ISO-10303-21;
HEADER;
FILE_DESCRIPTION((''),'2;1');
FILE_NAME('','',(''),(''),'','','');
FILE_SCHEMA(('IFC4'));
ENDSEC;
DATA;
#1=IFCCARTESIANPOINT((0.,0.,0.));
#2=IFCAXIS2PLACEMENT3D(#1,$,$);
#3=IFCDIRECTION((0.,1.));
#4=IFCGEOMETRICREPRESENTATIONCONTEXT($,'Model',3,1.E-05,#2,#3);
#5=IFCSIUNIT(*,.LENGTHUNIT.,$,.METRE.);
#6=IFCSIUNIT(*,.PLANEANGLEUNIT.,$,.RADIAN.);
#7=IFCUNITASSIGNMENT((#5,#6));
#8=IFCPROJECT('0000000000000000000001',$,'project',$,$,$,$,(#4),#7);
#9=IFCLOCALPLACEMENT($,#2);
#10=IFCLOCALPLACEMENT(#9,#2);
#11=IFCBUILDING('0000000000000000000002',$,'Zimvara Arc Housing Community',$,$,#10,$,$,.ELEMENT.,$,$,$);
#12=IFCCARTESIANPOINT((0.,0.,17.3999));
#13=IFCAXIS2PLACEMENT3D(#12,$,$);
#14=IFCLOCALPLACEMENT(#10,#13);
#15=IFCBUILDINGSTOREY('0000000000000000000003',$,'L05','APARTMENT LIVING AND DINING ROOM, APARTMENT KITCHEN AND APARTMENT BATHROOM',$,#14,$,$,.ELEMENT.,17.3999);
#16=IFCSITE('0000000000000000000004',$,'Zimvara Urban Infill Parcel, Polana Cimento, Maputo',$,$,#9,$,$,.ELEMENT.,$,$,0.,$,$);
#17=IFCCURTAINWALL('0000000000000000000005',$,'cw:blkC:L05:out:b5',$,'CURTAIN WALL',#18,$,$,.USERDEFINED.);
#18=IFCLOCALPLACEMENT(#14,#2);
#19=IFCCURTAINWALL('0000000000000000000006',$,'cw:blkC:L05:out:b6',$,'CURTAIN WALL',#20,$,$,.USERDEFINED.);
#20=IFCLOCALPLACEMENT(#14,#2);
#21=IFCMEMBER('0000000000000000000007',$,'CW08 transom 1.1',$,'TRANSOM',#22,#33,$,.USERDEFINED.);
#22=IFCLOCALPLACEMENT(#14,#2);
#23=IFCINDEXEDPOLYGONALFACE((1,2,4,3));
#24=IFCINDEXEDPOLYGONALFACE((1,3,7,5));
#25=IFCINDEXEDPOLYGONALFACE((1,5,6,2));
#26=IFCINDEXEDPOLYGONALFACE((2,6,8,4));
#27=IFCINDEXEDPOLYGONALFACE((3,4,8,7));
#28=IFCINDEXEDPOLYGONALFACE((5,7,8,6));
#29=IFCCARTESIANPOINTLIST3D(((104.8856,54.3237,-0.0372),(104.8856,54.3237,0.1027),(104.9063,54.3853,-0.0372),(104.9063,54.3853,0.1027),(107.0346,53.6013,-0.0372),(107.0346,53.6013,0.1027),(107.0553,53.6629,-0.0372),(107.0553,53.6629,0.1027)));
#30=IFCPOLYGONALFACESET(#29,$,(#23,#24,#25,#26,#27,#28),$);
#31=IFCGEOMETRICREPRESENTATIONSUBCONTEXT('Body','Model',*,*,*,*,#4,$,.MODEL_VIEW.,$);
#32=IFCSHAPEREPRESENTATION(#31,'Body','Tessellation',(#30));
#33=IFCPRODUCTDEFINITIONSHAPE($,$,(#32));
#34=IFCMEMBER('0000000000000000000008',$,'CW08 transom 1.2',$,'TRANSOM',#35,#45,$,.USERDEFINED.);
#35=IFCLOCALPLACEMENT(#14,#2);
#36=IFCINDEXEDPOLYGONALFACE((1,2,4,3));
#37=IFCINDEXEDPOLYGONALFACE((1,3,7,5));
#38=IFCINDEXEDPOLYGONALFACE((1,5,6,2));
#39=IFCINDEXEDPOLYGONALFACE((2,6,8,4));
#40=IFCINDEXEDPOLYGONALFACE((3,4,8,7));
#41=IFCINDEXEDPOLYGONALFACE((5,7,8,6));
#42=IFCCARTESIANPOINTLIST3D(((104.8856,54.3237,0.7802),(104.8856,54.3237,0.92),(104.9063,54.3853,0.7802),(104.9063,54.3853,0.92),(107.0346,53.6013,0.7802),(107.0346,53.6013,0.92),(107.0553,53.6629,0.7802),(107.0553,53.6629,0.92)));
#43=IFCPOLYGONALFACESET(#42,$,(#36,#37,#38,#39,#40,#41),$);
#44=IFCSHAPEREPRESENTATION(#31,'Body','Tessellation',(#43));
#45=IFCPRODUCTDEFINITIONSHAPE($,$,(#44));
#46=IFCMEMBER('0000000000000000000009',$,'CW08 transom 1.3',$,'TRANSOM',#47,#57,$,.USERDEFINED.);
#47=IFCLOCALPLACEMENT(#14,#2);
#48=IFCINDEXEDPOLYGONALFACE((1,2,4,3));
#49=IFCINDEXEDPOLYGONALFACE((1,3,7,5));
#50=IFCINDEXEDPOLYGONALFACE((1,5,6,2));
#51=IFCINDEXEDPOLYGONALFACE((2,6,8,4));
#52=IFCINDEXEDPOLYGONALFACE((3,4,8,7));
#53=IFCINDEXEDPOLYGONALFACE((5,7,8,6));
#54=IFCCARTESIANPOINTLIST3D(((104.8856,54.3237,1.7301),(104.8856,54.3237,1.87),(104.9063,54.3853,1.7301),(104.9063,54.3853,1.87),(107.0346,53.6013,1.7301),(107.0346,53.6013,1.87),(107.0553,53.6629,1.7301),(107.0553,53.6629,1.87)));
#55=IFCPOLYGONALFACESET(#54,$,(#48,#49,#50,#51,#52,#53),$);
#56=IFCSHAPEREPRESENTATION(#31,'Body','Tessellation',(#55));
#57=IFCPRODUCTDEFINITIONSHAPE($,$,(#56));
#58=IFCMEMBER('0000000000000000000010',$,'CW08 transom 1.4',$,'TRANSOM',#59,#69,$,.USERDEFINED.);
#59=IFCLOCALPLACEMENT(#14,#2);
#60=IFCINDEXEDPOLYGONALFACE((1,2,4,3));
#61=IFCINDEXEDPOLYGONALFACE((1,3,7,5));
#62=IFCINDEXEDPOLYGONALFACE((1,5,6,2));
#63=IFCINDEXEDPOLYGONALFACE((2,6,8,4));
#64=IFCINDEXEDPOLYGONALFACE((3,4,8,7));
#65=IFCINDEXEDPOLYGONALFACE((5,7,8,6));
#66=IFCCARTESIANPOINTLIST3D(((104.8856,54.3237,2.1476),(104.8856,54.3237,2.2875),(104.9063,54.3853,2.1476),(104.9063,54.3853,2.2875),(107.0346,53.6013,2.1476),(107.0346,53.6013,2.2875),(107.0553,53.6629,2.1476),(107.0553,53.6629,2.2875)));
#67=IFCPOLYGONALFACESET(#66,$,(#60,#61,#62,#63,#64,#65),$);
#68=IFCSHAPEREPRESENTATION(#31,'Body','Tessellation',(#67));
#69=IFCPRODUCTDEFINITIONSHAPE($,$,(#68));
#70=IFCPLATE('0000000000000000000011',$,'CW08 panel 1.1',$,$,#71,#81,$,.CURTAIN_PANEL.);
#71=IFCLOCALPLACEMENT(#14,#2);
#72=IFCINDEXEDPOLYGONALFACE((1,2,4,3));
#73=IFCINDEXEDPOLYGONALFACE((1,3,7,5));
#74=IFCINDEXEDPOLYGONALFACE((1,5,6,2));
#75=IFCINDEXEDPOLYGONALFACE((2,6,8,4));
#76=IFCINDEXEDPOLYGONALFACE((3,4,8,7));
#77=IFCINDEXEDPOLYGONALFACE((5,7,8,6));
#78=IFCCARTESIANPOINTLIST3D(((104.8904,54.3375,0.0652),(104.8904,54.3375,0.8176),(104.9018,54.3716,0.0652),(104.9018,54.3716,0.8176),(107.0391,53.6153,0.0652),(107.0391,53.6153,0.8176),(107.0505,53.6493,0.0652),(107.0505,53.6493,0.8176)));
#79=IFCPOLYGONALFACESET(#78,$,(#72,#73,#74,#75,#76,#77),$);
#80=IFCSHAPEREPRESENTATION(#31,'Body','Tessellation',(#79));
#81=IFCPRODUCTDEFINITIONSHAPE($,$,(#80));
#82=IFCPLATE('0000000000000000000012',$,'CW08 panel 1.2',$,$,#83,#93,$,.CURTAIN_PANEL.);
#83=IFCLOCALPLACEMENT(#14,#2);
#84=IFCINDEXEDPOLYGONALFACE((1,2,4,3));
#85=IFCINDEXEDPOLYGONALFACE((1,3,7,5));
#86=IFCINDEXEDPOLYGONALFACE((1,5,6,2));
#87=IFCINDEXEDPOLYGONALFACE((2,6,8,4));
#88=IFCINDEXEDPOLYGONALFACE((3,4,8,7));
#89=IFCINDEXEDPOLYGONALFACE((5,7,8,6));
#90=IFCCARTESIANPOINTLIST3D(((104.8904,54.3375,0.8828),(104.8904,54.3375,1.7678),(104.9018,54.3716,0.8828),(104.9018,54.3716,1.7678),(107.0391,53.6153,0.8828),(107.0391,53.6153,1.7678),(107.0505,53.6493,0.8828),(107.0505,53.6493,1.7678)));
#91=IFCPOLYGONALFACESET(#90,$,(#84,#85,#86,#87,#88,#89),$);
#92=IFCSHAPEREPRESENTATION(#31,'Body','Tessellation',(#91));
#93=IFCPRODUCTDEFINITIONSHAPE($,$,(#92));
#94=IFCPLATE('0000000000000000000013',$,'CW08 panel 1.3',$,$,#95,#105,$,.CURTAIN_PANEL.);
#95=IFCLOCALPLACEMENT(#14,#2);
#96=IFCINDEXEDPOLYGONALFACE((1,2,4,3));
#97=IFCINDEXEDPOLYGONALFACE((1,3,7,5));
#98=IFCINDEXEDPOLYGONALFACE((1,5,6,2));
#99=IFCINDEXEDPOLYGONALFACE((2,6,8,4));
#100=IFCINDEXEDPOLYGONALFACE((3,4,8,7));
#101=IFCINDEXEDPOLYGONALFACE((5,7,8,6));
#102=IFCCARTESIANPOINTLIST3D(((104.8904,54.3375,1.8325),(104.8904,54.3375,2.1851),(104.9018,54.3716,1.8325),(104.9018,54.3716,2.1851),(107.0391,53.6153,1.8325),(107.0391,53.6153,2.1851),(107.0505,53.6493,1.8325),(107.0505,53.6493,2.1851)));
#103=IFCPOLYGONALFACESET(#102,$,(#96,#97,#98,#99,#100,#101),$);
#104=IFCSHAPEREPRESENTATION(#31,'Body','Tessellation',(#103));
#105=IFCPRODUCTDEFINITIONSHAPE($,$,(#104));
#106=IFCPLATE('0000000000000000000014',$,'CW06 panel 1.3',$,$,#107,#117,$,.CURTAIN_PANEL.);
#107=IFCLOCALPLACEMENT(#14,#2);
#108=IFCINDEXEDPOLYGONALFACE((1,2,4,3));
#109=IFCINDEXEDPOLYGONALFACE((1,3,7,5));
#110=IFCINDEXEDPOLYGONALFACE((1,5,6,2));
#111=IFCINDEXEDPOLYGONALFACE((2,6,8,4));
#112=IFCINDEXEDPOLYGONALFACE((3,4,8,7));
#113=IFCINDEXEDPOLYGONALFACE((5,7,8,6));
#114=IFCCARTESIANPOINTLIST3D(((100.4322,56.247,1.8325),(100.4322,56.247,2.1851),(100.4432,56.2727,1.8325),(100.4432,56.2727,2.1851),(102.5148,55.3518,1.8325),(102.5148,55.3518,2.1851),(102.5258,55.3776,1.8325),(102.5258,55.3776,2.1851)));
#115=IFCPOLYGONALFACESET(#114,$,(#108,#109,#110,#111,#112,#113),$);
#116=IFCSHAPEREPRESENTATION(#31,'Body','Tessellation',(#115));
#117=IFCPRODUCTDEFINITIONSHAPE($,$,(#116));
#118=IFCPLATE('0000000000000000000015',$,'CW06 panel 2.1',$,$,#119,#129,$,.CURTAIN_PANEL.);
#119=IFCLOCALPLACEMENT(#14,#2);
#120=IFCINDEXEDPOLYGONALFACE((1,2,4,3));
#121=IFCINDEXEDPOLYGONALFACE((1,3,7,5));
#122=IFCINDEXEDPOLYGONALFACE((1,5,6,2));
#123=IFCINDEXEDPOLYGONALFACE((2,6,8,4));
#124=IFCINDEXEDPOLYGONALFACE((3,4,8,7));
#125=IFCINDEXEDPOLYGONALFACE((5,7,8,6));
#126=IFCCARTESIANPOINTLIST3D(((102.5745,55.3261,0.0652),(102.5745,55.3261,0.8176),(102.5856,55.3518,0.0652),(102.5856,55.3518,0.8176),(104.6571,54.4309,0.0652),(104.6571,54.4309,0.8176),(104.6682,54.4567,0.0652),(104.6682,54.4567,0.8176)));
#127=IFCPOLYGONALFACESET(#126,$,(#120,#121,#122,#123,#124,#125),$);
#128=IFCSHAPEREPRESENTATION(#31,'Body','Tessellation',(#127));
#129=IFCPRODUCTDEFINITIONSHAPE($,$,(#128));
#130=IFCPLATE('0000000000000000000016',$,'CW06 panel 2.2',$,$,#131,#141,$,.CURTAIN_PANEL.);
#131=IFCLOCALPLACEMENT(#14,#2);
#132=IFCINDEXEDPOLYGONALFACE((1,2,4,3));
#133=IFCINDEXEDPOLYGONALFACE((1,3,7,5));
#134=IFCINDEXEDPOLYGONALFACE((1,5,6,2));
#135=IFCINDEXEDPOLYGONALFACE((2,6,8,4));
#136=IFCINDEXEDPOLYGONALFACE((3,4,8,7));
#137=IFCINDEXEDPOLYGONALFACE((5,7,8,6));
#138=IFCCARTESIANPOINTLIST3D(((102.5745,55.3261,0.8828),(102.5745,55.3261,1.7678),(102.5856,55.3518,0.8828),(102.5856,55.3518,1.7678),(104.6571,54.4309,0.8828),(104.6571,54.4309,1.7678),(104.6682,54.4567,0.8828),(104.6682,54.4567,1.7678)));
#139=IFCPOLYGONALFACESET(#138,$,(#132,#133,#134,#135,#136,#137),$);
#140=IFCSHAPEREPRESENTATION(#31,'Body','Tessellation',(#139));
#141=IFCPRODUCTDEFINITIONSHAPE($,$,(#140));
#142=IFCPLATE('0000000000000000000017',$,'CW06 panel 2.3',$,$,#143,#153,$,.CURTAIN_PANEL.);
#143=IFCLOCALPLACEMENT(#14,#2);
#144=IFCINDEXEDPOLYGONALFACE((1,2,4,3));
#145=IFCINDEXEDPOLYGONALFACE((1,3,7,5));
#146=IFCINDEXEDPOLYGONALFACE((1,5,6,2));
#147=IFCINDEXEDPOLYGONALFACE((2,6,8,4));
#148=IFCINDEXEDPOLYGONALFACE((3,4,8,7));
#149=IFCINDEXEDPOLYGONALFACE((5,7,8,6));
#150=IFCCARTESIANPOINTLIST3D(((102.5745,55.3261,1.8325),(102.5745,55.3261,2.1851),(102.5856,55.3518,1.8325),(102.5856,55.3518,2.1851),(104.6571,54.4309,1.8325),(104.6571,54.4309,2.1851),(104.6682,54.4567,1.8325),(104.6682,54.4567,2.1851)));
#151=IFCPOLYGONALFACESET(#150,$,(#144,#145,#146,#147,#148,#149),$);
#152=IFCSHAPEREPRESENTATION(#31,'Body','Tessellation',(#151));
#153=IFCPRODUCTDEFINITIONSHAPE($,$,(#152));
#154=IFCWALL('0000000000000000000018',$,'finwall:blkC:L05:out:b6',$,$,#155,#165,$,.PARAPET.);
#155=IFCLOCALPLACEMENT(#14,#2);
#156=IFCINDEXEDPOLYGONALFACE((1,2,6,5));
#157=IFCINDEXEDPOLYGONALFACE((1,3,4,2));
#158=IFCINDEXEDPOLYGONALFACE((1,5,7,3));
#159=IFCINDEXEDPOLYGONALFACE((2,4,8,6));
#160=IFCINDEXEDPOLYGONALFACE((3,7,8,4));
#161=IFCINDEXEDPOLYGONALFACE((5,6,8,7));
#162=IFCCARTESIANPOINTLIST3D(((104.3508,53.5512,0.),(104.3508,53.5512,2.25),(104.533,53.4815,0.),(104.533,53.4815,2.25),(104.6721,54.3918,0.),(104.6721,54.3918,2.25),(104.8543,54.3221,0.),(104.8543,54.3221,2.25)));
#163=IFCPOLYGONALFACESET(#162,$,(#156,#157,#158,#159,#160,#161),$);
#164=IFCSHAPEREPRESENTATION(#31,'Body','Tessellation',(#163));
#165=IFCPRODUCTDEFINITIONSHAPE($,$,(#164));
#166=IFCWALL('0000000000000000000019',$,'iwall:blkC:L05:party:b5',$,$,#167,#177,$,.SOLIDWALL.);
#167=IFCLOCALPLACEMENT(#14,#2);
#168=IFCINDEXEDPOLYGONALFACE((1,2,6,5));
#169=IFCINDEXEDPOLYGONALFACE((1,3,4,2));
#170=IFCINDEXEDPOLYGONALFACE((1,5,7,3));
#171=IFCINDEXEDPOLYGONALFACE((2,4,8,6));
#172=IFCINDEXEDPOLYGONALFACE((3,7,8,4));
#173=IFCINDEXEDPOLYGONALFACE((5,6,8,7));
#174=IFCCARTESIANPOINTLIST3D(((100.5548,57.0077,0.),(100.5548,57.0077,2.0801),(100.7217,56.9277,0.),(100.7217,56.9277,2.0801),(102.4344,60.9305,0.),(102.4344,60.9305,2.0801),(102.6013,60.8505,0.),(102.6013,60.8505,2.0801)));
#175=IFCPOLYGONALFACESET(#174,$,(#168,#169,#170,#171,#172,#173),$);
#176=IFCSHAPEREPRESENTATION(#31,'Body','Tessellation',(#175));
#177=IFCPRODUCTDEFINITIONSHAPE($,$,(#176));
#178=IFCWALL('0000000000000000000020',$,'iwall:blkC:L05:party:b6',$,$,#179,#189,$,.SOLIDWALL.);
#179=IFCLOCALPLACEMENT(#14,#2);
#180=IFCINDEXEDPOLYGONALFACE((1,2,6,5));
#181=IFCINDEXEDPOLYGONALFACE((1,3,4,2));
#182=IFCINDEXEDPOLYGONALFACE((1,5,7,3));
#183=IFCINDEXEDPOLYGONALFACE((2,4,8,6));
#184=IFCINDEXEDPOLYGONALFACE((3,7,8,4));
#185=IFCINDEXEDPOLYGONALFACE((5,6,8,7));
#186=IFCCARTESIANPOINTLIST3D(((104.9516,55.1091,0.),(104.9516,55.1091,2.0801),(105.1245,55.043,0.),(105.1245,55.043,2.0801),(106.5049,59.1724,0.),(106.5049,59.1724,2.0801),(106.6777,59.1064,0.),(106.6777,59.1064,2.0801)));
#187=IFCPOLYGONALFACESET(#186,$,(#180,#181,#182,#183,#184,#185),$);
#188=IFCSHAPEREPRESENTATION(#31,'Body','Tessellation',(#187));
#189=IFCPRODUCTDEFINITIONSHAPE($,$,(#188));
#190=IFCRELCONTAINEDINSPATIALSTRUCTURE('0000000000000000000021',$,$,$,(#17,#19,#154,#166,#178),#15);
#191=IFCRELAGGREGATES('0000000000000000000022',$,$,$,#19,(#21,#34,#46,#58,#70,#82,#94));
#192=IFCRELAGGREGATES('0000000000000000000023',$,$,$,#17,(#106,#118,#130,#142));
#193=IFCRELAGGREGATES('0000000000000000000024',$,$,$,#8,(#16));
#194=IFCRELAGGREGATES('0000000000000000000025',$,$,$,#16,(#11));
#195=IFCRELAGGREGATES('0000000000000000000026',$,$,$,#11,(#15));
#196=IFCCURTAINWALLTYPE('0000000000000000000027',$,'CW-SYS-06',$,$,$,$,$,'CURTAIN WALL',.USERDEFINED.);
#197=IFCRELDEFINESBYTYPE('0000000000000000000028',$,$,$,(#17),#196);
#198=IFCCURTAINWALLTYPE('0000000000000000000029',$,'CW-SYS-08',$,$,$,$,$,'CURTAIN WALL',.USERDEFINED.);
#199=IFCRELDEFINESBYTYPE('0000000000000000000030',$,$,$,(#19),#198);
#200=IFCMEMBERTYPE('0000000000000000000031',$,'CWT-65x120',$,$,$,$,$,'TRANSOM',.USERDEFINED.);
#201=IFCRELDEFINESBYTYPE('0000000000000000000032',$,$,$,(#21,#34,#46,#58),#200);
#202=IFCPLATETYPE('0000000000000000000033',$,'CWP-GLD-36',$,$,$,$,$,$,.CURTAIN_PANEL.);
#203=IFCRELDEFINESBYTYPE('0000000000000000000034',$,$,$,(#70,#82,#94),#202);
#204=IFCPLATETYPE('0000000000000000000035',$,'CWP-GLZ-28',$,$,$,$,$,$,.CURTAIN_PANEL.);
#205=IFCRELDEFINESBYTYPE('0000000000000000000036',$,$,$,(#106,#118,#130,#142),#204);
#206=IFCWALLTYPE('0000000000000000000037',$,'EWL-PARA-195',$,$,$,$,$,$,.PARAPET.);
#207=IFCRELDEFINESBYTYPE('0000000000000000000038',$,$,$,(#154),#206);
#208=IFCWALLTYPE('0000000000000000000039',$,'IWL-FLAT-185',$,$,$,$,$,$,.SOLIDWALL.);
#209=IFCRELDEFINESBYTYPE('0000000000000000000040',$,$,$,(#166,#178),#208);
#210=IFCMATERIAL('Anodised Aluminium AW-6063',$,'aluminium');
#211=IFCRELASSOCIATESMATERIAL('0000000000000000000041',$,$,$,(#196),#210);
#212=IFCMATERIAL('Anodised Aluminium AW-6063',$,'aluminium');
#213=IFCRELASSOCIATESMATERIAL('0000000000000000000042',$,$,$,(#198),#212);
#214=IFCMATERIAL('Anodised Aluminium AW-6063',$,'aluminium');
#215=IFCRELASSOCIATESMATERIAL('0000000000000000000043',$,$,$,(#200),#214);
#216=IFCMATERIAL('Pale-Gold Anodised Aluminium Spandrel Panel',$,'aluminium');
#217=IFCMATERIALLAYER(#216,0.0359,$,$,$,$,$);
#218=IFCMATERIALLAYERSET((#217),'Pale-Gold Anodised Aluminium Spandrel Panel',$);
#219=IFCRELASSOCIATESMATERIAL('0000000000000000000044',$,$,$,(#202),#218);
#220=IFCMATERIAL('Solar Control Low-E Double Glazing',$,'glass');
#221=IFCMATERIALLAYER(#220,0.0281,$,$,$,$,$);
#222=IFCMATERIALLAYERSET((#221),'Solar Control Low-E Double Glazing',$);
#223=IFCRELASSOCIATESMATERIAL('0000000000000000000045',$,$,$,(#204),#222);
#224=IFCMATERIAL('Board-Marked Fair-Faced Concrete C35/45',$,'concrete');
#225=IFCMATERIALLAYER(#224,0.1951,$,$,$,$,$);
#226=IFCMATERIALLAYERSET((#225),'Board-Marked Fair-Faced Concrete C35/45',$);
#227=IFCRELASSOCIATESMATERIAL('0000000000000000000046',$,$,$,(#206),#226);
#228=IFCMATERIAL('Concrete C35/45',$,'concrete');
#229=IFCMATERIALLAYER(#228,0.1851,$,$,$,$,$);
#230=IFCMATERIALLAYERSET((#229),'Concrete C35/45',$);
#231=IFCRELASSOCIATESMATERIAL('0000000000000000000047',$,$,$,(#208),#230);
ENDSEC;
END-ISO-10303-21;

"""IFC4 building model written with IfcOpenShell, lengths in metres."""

from ifc_helpers import new_model, si_unit, direction, frame, frame_2d, origin, origin_2d, place, context, subcontext, project, spatial, rectangle, extrude, material, layer, layer_set, material_profile, profile_set, type_object, element, aggregate, save


model = new_model("IFC4")

# Units and contexts
model_context = context("Model", 3, precision=1e-05, world=origin(), true_north=direction((0.0, 1.0)))
body_context = subcontext(model_context, "Body", "Model", "MODEL_VIEW")
ifc_project = project(units=[si_unit("LENGTHUNIT", "METRE"), si_unit("PLANEANGLEUNIT", "RADIAN")], contexts=[model_context])

# Site, building, storey
site_placement = place(None, origin())
site = spatial("IfcSite", under=ifc_project, at=site_placement, Name="Zimvara Urban Infill Parcel, Polana Cimento, Maputo", CompositionType="ELEMENT", RefElevation=0.0)
building_placement = place(site_placement, origin())
building = spatial("IfcBuilding", under=site, at=building_placement, Name="Zimvara Arc Housing Community", CompositionType="ELEMENT")
storey_placement = place(building_placement, frame((0.0, 0.0, 17.3999)))
storey = spatial("IfcBuildingStorey", under=building, at=storey_placement, Name="L05", Description="APARTMENT LIVING AND DINING ROOM, APARTMENT KITCHEN AND APARTMENT BATHROOM", CompositionType="ELEMENT", Elevation=17.3999)

# Curtain wall
ifc_material_1 = material(Name="Anodised Aluminium AW-6063", Category="aluminium")
curtain_wall_type_1 = type_object("IfcCurtainWallType", Name="CW-SYS-06", ElementType="CURTAIN WALL", PredefinedType="USERDEFINED", material=ifc_material_1)
curtain_wall_1_placement = place(storey_placement, origin())
curtain_wall_1 = element("IfcCurtainWall", 1, at=curtain_wall_1_placement, inside=storey, type_object=curtain_wall_type_1, Name="cw:blkC:L05:out:b5", ObjectType="CURTAIN WALL", PredefinedType="USERDEFINED")

# Curtain wall
ifc_material_2 = material(Name="Anodised Aluminium AW-6063", Category="aluminium")
curtain_wall_type_2 = type_object("IfcCurtainWallType", Name="CW-SYS-08", ElementType="CURTAIN WALL", PredefinedType="USERDEFINED", material=ifc_material_2)
curtain_wall_2_placement = place(storey_placement, origin())
curtain_wall_2 = element("IfcCurtainWall", 2, at=curtain_wall_2_placement, inside=storey, type_object=curtain_wall_type_2, Name="cw:blkC:L05:out:b6", ObjectType="CURTAIN WALL", PredefinedType="USERDEFINED")

# Members
ifc_material_3 = material(Name="Anodised Aluminium AW-6063", Category="aluminium")
ifc_material_profile_1 = material_profile(ifc_material_3, rectangle(XDim=0.0649, YDim=0.1399, at=origin_2d()), Name="ALU 65x140")
ifc_profile_set_1 = profile_set([ifc_material_profile_1], Name="Anodised Aluminium AW-6063")
member_type_1 = type_object("IfcMemberType", Name="CWT-65x120", ElementType="TRANSOM", PredefinedType="USERDEFINED", material=ifc_profile_set_1)
member_1_placement = place(storey_placement, frame((104.896, 54.3545, 0.0327), z_axis=(0.947873, -0.31865, 0.0), x_axis=(0.31865, 0.947873, 0.0)))
member_1 = element("IfcMember", 3, at=member_1_placement, type_object=member_type_1, Name="CW08 transom 1.1", ObjectType="TRANSOM", PredefinedType="USERDEFINED", context=body_context, shape_type="SweptSolid", body=[
    extrude(rectangle(XDim=0.0649, YDim=0.1399, at=origin_2d()), origin(), (0.0, 0.0, 1.0), 2.2671),
])
member_2_placement = place(storey_placement, frame((104.896, 54.3545, 0.8501), z_axis=(0.947873, -0.31865, 0.0), x_axis=(0.31865, 0.947873, 0.0)))
member_2 = element("IfcMember", 4, at=member_2_placement, type_object=member_type_1, Name="CW08 transom 1.2", ObjectType="TRANSOM", PredefinedType="USERDEFINED", context=body_context, shape_type="SweptSolid", body=[
    extrude(rectangle(XDim=0.0649, YDim=0.1399, at=origin_2d()), origin(), (0.0, 0.0, 1.0), 2.2671),
])
member_3_placement = place(storey_placement, frame((104.896, 54.3545, 1.8), z_axis=(0.947873, -0.31865, 0.0), x_axis=(0.31865, 0.947873, 0.0)))
member_3 = element("IfcMember", 5, at=member_3_placement, type_object=member_type_1, Name="CW08 transom 1.3", ObjectType="TRANSOM", PredefinedType="USERDEFINED", context=body_context, shape_type="SweptSolid", body=[
    extrude(rectangle(XDim=0.0649, YDim=0.1399, at=origin_2d()), origin(), (0.0, 0.0, 1.0), 2.2671),
])
member_4_placement = place(storey_placement, frame((104.896, 54.3545, 2.2175), z_axis=(0.947873, -0.31865, 0.0), x_axis=(0.31865, 0.947873, 0.0)))
member_4 = element("IfcMember", 6, at=member_4_placement, type_object=member_type_1, Name="CW08 transom 1.4", ObjectType="TRANSOM", PredefinedType="USERDEFINED", context=body_context, shape_type="SweptSolid", body=[
    extrude(rectangle(XDim=0.0649, YDim=0.1399, at=origin_2d()), origin(), (0.0, 0.0, 1.0), 2.2671),
])

# Plates
ifc_material_4 = material(Name="Pale-Gold Anodised Aluminium Spandrel Panel", Category="aluminium")
ifc_layer_1 = layer(ifc_material_4, 0.0359)
ifc_layer_set_1 = layer_set([ifc_layer_1], Name="Pale-Gold Anodised Aluminium Spandrel Panel")
plate_type_1 = type_object("IfcPlateType", Name="CWP-GLD-36", PredefinedType="CURTAIN_PANEL", material=ifc_layer_set_1)
plate_1_placement = place(storey_placement, frame((105.9705, 53.9934, 0.0652), z_axis=(0.0, 0.0, 1.0), x_axis=(0.94788, -0.318629, 0.0)))
plate_1 = element("IfcPlate", 7, at=plate_1_placement, type_object=plate_type_1, Name="CW08 panel 1.1", PredefinedType="CURTAIN_PANEL", context=body_context, shape_type="SweptSolid", body=[
    extrude(rectangle(XDim=2.2668, YDim=0.0359, at=origin_2d()), origin(), (0.0, 0.0, 1.0), 0.7524),
])
plate_2_placement = place(storey_placement, frame((105.9705, 53.9934, 0.8828), z_axis=(0.0, 0.0, 1.0), x_axis=(0.94788, -0.318629, 0.0)))
plate_2 = element("IfcPlate", 8, at=plate_2_placement, type_object=plate_type_1, Name="CW08 panel 1.2", PredefinedType="CURTAIN_PANEL", context=body_context, shape_type="SweptSolid", body=[
    extrude(rectangle(XDim=2.2668, YDim=0.0359, at=origin_2d()), origin(), (0.0, 0.0, 1.0), 0.885),
])
plate_3_placement = place(storey_placement, frame((105.9705, 53.9934, 1.8325), z_axis=(0.0, 0.0, 1.0), x_axis=(0.94788, -0.318629, 0.0)))
plate_3 = element("IfcPlate", 9, at=plate_3_placement, type_object=plate_type_1, Name="CW08 panel 1.3", PredefinedType="CURTAIN_PANEL", context=body_context, shape_type="SweptSolid", body=[
    extrude(rectangle(XDim=2.2668, YDim=0.0359, at=origin_2d()), origin(), (0.0, 0.0, 1.0), 0.3525),
])
aggregate(curtain_wall_2, [member_1, member_2, member_3, member_4, plate_1, plate_2, plate_3])
ifc_material_5 = material(Name="Solar Control Low-E Double Glazing", Category="glass")
ifc_layer_2 = layer(ifc_material_5, 0.0281)
ifc_layer_set_2 = layer_set([ifc_layer_2], Name="Solar Control Low-E Double Glazing")
plate_type_2 = type_object("IfcPlateType", Name="CWP-GLZ-28", PredefinedType="CURTAIN_PANEL", material=ifc_layer_set_2)
plate_4_placement = place(storey_placement, frame((101.479, 55.8123, 1.8325), z_axis=(0.0, 0.0, 1.0), x_axis=(0.918722, -0.394904, 0.0)))
plate_4 = element("IfcPlate", 10, at=plate_4_placement, type_object=plate_type_2, Name="CW06 panel 1.3", PredefinedType="CURTAIN_PANEL", context=body_context, shape_type="SweptSolid", body=[
    extrude(rectangle(XDim=2.2668, YDim=0.0281, at=origin_2d()), origin(), (0.0, 0.0, 1.0), 0.3525),
])
plate_5_placement = place(storey_placement, frame((103.6213, 54.8914, 0.0652), z_axis=(0.0, 0.0, 1.0), x_axis=(0.918722, -0.394904, 0.0)))
plate_5 = element("IfcPlate", 11, at=plate_5_placement, type_object=plate_type_2, Name="CW06 panel 2.1", PredefinedType="CURTAIN_PANEL", context=body_context, shape_type="SweptSolid", body=[
    extrude(rectangle(XDim=2.2668, YDim=0.0281, at=origin_2d()), origin(), (0.0, 0.0, 1.0), 0.7524),
])
plate_6_placement = place(storey_placement, frame((103.6213, 54.8914, 0.8828), z_axis=(0.0, 0.0, 1.0), x_axis=(0.918722, -0.394904, 0.0)))
plate_6 = element("IfcPlate", 12, at=plate_6_placement, type_object=plate_type_2, Name="CW06 panel 2.2", PredefinedType="CURTAIN_PANEL", context=body_context, shape_type="SweptSolid", body=[
    extrude(rectangle(XDim=2.2668, YDim=0.0281, at=origin_2d()), origin(), (0.0, 0.0, 1.0), 0.885),
])
plate_7_placement = place(storey_placement, frame((103.6213, 54.8914, 1.8325), z_axis=(0.0, 0.0, 1.0), x_axis=(0.918722, -0.394904, 0.0)))
plate_7 = element("IfcPlate", 13, at=plate_7_placement, type_object=plate_type_2, Name="CW06 panel 2.3", PredefinedType="CURTAIN_PANEL", context=body_context, shape_type="SweptSolid", body=[
    extrude(rectangle(XDim=2.2668, YDim=0.0281, at=origin_2d()), origin(), (0.0, 0.0, 1.0), 0.3525),
])
aggregate(curtain_wall_1, [plate_4, plate_5, plate_6, plate_7])

# Walls
ifc_material_6 = material(Name="Board-Marked Fair-Faced Concrete C35/45", Category="concrete")
ifc_layer_3 = layer(ifc_material_6, 0.1951)
ifc_layer_set_3 = layer_set([ifc_layer_3], Name="Board-Marked Fair-Faced Concrete C35/45")
wall_type_1 = type_object("IfcWallType", Name="EWL-PARA-195", PredefinedType="PARAPET", material=ifc_layer_set_3)
wall_1_placement = place(storey_placement, frame((104.7632, 54.3569, 0.0), z_axis=(0.0, 0.0, 1.0), x_axis=(-0.357033, -0.934092, 0.0)))
element("IfcWall", 14, at=wall_1_placement, inside=storey, type_object=wall_type_1, Name="finwall:blkC:L05:out:b6", PredefinedType="PARAPET", context=body_context, shape_type="SweptSolid", body=[
    extrude(rectangle(XDim=0.8999, YDim=0.1951, at=frame_2d((0.45, 0.0))), origin(), (0.0, 0.0, 1.0), 2.25),
])
ifc_material_7 = material(Name="Concrete C35/45", Category="concrete")
ifc_layer_4 = layer(ifc_material_7, 0.1851)
ifc_layer_set_4 = layer_set([ifc_layer_4], Name="Concrete C35/45")
wall_type_2 = type_object("IfcWallType", Name="IWL-FLAT-185", PredefinedType="SOLIDWALL", material=ifc_layer_set_4)
wall_2_placement = place(storey_placement, frame((102.5178, 60.8904, 0.0), z_axis=(0.0, 0.0, 1.0), x_axis=(-0.432109, -0.901821, 0.0)))
element("IfcWall", 15, at=wall_2_placement, inside=storey, type_object=wall_type_2, Name="iwall:blkC:L05:party:b5", PredefinedType="SOLIDWALL", context=body_context, shape_type="SweptSolid", body=[
    extrude(rectangle(XDim=4.3499, YDim=0.1851, at=frame_2d((2.1748, 0.0))), origin(), (0.0, 0.0, 1.0), 2.0801),
])
wall_3_placement = place(storey_placement, frame((106.5913, 59.1394, 0.0), z_axis=(0.0, 0.0, 1.0), x_axis=(-0.357064, -0.93408, 0.0)))
element("IfcWall", 16, at=wall_3_placement, inside=storey, type_object=wall_type_2, Name="iwall:blkC:L05:party:b6", PredefinedType="SOLIDWALL", context=body_context, shape_type="SweptSolid", body=[
    extrude(rectangle(XDim=4.3501, YDim=0.1851, at=frame_2d((2.175, 0.0))), origin(), (0.0, 0.0, 1.0), 2.0801),
])

save(model, "model.ifc")
